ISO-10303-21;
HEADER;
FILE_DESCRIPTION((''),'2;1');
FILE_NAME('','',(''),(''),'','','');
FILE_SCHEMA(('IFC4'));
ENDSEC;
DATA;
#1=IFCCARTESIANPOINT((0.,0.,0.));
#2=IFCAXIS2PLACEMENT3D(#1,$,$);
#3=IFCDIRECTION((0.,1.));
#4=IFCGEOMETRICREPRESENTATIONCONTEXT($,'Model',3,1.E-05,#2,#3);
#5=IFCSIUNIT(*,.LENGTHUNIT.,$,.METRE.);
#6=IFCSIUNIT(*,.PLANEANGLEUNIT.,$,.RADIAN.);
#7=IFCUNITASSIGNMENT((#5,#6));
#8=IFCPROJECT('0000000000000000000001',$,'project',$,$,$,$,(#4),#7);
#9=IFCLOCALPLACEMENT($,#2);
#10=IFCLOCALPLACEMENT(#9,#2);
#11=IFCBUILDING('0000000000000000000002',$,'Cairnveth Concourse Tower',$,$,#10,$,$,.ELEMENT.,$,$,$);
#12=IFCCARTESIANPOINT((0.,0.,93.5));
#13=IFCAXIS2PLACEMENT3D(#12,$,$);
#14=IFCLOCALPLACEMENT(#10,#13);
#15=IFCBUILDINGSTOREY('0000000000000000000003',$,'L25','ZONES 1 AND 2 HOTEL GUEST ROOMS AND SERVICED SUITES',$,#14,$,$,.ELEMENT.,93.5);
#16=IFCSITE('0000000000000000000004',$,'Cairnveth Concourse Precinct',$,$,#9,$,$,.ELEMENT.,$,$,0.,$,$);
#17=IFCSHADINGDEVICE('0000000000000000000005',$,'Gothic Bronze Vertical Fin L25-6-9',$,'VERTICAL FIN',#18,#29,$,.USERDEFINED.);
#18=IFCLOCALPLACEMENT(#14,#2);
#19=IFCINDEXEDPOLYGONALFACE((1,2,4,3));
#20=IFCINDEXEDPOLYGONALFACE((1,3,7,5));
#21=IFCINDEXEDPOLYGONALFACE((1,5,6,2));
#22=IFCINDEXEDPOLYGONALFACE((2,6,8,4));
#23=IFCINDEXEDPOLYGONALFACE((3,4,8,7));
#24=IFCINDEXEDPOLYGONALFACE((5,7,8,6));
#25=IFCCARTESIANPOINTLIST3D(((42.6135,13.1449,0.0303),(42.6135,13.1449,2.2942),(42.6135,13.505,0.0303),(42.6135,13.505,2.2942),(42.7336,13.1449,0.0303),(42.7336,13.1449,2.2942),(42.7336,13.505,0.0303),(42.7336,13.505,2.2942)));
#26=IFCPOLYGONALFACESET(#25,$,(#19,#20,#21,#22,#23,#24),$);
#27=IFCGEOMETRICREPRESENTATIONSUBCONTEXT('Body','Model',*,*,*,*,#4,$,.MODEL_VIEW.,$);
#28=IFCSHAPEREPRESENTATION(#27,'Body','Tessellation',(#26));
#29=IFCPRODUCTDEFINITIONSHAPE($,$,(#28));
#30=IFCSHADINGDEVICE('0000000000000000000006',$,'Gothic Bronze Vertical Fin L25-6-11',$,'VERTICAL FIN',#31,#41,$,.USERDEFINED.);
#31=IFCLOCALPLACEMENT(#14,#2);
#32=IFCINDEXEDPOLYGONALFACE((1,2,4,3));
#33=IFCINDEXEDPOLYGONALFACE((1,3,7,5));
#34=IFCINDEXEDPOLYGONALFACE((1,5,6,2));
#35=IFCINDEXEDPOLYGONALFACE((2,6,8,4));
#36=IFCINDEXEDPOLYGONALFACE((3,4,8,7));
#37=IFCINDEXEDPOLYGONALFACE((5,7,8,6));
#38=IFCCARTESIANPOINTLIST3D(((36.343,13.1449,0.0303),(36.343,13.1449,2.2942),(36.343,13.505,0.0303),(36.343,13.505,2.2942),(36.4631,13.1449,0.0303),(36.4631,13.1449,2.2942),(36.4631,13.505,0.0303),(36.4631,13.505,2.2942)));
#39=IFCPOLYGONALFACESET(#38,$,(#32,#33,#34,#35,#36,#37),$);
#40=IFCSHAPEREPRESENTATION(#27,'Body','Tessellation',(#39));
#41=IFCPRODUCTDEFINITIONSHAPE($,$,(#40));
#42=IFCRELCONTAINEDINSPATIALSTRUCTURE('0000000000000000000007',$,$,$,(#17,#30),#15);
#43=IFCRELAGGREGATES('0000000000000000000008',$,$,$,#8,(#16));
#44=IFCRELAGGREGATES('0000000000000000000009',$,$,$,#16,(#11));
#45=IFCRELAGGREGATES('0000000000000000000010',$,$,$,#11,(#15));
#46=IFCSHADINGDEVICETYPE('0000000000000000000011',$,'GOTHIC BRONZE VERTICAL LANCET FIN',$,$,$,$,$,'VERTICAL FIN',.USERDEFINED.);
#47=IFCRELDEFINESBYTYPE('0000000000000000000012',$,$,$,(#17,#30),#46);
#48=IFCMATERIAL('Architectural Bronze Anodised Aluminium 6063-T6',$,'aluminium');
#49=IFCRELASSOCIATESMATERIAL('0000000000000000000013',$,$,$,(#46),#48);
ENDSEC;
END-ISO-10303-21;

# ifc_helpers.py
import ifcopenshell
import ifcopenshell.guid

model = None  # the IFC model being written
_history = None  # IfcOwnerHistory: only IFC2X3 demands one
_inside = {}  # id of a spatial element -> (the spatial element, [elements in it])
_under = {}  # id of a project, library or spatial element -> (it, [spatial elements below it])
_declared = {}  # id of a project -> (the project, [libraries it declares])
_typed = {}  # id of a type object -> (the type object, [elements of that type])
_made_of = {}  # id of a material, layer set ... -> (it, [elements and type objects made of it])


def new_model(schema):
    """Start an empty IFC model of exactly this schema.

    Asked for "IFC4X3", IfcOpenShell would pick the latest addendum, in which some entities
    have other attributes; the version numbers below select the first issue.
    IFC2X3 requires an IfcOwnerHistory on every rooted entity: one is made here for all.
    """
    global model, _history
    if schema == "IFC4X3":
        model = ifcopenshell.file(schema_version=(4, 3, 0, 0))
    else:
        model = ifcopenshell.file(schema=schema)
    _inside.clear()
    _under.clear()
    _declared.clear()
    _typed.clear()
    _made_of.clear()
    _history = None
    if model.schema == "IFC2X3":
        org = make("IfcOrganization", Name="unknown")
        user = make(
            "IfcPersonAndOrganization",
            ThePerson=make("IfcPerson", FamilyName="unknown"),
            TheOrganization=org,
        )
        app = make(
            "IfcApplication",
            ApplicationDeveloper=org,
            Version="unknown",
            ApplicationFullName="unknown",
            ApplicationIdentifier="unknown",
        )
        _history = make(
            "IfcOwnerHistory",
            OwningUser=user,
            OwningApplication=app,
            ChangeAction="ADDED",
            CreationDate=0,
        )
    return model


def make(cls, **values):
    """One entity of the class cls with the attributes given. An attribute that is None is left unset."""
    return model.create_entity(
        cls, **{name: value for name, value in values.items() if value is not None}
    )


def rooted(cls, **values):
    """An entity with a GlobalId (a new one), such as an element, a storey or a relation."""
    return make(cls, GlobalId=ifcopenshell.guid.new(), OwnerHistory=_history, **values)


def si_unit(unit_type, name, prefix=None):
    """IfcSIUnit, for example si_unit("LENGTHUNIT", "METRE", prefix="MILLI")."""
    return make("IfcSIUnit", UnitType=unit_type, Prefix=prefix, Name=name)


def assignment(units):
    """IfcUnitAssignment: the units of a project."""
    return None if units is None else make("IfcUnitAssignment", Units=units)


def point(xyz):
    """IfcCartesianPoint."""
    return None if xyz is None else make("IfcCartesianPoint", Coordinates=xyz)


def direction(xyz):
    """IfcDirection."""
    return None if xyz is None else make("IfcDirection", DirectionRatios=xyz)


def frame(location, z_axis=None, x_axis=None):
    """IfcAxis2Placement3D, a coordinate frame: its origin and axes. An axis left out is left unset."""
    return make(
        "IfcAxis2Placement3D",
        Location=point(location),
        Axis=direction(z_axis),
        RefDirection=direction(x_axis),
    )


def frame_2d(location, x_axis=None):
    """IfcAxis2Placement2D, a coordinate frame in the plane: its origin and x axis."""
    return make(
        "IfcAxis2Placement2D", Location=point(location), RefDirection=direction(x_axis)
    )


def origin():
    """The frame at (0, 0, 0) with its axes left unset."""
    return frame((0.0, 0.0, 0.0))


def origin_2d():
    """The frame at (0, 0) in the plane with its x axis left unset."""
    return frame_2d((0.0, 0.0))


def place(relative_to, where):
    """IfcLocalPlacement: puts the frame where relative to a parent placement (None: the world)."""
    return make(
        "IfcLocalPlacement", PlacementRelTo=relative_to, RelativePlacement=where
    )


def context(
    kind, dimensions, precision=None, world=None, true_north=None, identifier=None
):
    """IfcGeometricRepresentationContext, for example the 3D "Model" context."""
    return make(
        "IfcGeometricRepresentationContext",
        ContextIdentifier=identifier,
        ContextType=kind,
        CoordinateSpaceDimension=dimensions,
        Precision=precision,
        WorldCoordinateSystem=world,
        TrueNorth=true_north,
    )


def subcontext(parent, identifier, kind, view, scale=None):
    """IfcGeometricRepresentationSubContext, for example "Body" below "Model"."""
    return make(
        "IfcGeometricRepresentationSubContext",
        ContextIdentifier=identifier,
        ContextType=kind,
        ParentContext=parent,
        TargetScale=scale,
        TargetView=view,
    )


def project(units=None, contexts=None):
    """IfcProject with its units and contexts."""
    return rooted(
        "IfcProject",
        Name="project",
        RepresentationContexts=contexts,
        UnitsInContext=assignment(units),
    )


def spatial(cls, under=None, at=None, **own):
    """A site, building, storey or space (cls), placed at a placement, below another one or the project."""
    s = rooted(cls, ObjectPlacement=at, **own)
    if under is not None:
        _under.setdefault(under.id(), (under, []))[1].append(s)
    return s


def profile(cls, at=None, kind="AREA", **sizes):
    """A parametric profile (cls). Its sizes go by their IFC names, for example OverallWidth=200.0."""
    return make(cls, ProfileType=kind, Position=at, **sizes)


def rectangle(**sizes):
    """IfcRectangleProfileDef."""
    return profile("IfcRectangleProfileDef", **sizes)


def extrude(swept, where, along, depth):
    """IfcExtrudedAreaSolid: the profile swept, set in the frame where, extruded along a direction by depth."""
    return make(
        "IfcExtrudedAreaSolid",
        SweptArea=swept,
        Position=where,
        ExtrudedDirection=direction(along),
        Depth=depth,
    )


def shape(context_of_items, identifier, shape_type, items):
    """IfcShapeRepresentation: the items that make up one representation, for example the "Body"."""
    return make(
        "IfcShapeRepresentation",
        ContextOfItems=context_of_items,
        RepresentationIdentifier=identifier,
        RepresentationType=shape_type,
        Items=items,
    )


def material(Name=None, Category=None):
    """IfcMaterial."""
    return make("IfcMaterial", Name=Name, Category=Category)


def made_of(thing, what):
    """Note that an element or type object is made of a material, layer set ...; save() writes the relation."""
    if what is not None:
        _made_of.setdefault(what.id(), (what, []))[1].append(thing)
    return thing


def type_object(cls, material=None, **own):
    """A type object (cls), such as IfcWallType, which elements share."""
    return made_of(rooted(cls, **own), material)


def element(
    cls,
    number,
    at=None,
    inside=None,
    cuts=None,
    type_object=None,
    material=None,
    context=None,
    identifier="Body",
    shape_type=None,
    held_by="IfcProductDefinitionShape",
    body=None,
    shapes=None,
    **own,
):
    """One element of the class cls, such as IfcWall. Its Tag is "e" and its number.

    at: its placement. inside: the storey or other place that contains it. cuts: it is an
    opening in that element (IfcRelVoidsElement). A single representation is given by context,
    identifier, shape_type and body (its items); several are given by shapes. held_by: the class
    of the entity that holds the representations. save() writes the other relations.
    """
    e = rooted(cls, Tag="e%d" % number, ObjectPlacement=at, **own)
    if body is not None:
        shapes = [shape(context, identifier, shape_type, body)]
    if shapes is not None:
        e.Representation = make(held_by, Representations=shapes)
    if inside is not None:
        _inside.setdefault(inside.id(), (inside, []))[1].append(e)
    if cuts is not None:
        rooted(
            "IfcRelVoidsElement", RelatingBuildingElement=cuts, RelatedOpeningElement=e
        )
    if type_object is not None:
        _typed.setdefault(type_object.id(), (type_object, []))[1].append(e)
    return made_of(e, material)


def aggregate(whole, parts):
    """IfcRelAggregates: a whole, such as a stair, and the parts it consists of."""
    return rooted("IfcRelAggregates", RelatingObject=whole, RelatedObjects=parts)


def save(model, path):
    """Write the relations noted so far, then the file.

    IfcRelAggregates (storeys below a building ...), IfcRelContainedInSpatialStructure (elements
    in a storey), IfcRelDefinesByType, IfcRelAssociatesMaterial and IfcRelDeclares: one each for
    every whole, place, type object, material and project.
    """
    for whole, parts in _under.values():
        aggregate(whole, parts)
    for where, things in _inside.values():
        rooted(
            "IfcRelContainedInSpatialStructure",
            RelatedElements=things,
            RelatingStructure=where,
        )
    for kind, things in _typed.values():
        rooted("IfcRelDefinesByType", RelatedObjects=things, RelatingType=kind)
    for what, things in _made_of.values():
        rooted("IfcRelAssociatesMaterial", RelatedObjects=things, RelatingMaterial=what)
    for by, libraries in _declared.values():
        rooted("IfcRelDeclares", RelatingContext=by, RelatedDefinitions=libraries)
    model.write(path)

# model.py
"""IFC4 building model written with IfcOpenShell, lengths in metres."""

from ifc_helpers import new_model, si_unit, direction, frame, origin, origin_2d, place, context, subcontext, project, spatial, rectangle, extrude, material, type_object, element, save


model = new_model("IFC4")

# Units and contexts
model_context = context("Model", 3, precision=1e-05, world=origin(), true_north=direction((0.0, 1.0)))
body_context = subcontext(model_context, "Body", "Model", "MODEL_VIEW")
ifc_project = project(units=[si_unit("LENGTHUNIT", "METRE"), si_unit("PLANEANGLEUNIT", "RADIAN")], contexts=[model_context])

# Site, building, storey
site_placement = place(None, origin())
site = spatial("IfcSite", under=ifc_project, at=site_placement, Name="Cairnveth Concourse Precinct", CompositionType="ELEMENT", RefElevation=0.0)
building_placement = place(site_placement, origin())
building = spatial("IfcBuilding", under=site, at=building_placement, Name="Cairnveth Concourse Tower", CompositionType="ELEMENT")
storey_placement = place(building_placement, frame((0.0, 0.0, 93.5)))
storey = spatial("IfcBuildingStorey", under=building, at=storey_placement, Name="L25", Description="ZONES 1 AND 2 HOTEL GUEST ROOMS AND SERVICED SUITES", CompositionType="ELEMENT", Elevation=93.5)

# Shading devices
ifc_material_1 = material(Name="Architectural Bronze Anodised Aluminium 6063-T6", Category="aluminium")
shading_device_type = type_object("IfcShadingDeviceType", Name="GOTHIC BRONZE VERTICAL LANCET FIN", ElementType="VERTICAL FIN", PredefinedType="USERDEFINED", material=ifc_material_1)
for number, where, z_axis, x_axis, name in (
    (1, (42.6736, 13.325, 0.0303), (0.0, 0.0, 1.0), (1.0, 0.0, 0.0), "Gothic Bronze Vertical Fin L25-6-9"),
    (2, (36.4031, 13.325, 0.0303), (0.0, 0.0, 1.0), (1.0, 0.0, 0.0), "Gothic Bronze Vertical Fin L25-6-11"),
):
    element("IfcShadingDevice", number, at=place(storey_placement, frame(where, z_axis=z_axis, x_axis=x_axis)), inside=storey, type_object=shading_device_type, Name=name, ObjectType="VERTICAL FIN", PredefinedType="USERDEFINED", context=body_context, shape_type="SweptSolid", body=[
        extrude(rectangle(XDim=0.1201, YDim=0.3601, at=origin_2d()), origin(), (0.0, 0.0, 1.0), 2.2639),
    ])

save(model, "model.ifc")
